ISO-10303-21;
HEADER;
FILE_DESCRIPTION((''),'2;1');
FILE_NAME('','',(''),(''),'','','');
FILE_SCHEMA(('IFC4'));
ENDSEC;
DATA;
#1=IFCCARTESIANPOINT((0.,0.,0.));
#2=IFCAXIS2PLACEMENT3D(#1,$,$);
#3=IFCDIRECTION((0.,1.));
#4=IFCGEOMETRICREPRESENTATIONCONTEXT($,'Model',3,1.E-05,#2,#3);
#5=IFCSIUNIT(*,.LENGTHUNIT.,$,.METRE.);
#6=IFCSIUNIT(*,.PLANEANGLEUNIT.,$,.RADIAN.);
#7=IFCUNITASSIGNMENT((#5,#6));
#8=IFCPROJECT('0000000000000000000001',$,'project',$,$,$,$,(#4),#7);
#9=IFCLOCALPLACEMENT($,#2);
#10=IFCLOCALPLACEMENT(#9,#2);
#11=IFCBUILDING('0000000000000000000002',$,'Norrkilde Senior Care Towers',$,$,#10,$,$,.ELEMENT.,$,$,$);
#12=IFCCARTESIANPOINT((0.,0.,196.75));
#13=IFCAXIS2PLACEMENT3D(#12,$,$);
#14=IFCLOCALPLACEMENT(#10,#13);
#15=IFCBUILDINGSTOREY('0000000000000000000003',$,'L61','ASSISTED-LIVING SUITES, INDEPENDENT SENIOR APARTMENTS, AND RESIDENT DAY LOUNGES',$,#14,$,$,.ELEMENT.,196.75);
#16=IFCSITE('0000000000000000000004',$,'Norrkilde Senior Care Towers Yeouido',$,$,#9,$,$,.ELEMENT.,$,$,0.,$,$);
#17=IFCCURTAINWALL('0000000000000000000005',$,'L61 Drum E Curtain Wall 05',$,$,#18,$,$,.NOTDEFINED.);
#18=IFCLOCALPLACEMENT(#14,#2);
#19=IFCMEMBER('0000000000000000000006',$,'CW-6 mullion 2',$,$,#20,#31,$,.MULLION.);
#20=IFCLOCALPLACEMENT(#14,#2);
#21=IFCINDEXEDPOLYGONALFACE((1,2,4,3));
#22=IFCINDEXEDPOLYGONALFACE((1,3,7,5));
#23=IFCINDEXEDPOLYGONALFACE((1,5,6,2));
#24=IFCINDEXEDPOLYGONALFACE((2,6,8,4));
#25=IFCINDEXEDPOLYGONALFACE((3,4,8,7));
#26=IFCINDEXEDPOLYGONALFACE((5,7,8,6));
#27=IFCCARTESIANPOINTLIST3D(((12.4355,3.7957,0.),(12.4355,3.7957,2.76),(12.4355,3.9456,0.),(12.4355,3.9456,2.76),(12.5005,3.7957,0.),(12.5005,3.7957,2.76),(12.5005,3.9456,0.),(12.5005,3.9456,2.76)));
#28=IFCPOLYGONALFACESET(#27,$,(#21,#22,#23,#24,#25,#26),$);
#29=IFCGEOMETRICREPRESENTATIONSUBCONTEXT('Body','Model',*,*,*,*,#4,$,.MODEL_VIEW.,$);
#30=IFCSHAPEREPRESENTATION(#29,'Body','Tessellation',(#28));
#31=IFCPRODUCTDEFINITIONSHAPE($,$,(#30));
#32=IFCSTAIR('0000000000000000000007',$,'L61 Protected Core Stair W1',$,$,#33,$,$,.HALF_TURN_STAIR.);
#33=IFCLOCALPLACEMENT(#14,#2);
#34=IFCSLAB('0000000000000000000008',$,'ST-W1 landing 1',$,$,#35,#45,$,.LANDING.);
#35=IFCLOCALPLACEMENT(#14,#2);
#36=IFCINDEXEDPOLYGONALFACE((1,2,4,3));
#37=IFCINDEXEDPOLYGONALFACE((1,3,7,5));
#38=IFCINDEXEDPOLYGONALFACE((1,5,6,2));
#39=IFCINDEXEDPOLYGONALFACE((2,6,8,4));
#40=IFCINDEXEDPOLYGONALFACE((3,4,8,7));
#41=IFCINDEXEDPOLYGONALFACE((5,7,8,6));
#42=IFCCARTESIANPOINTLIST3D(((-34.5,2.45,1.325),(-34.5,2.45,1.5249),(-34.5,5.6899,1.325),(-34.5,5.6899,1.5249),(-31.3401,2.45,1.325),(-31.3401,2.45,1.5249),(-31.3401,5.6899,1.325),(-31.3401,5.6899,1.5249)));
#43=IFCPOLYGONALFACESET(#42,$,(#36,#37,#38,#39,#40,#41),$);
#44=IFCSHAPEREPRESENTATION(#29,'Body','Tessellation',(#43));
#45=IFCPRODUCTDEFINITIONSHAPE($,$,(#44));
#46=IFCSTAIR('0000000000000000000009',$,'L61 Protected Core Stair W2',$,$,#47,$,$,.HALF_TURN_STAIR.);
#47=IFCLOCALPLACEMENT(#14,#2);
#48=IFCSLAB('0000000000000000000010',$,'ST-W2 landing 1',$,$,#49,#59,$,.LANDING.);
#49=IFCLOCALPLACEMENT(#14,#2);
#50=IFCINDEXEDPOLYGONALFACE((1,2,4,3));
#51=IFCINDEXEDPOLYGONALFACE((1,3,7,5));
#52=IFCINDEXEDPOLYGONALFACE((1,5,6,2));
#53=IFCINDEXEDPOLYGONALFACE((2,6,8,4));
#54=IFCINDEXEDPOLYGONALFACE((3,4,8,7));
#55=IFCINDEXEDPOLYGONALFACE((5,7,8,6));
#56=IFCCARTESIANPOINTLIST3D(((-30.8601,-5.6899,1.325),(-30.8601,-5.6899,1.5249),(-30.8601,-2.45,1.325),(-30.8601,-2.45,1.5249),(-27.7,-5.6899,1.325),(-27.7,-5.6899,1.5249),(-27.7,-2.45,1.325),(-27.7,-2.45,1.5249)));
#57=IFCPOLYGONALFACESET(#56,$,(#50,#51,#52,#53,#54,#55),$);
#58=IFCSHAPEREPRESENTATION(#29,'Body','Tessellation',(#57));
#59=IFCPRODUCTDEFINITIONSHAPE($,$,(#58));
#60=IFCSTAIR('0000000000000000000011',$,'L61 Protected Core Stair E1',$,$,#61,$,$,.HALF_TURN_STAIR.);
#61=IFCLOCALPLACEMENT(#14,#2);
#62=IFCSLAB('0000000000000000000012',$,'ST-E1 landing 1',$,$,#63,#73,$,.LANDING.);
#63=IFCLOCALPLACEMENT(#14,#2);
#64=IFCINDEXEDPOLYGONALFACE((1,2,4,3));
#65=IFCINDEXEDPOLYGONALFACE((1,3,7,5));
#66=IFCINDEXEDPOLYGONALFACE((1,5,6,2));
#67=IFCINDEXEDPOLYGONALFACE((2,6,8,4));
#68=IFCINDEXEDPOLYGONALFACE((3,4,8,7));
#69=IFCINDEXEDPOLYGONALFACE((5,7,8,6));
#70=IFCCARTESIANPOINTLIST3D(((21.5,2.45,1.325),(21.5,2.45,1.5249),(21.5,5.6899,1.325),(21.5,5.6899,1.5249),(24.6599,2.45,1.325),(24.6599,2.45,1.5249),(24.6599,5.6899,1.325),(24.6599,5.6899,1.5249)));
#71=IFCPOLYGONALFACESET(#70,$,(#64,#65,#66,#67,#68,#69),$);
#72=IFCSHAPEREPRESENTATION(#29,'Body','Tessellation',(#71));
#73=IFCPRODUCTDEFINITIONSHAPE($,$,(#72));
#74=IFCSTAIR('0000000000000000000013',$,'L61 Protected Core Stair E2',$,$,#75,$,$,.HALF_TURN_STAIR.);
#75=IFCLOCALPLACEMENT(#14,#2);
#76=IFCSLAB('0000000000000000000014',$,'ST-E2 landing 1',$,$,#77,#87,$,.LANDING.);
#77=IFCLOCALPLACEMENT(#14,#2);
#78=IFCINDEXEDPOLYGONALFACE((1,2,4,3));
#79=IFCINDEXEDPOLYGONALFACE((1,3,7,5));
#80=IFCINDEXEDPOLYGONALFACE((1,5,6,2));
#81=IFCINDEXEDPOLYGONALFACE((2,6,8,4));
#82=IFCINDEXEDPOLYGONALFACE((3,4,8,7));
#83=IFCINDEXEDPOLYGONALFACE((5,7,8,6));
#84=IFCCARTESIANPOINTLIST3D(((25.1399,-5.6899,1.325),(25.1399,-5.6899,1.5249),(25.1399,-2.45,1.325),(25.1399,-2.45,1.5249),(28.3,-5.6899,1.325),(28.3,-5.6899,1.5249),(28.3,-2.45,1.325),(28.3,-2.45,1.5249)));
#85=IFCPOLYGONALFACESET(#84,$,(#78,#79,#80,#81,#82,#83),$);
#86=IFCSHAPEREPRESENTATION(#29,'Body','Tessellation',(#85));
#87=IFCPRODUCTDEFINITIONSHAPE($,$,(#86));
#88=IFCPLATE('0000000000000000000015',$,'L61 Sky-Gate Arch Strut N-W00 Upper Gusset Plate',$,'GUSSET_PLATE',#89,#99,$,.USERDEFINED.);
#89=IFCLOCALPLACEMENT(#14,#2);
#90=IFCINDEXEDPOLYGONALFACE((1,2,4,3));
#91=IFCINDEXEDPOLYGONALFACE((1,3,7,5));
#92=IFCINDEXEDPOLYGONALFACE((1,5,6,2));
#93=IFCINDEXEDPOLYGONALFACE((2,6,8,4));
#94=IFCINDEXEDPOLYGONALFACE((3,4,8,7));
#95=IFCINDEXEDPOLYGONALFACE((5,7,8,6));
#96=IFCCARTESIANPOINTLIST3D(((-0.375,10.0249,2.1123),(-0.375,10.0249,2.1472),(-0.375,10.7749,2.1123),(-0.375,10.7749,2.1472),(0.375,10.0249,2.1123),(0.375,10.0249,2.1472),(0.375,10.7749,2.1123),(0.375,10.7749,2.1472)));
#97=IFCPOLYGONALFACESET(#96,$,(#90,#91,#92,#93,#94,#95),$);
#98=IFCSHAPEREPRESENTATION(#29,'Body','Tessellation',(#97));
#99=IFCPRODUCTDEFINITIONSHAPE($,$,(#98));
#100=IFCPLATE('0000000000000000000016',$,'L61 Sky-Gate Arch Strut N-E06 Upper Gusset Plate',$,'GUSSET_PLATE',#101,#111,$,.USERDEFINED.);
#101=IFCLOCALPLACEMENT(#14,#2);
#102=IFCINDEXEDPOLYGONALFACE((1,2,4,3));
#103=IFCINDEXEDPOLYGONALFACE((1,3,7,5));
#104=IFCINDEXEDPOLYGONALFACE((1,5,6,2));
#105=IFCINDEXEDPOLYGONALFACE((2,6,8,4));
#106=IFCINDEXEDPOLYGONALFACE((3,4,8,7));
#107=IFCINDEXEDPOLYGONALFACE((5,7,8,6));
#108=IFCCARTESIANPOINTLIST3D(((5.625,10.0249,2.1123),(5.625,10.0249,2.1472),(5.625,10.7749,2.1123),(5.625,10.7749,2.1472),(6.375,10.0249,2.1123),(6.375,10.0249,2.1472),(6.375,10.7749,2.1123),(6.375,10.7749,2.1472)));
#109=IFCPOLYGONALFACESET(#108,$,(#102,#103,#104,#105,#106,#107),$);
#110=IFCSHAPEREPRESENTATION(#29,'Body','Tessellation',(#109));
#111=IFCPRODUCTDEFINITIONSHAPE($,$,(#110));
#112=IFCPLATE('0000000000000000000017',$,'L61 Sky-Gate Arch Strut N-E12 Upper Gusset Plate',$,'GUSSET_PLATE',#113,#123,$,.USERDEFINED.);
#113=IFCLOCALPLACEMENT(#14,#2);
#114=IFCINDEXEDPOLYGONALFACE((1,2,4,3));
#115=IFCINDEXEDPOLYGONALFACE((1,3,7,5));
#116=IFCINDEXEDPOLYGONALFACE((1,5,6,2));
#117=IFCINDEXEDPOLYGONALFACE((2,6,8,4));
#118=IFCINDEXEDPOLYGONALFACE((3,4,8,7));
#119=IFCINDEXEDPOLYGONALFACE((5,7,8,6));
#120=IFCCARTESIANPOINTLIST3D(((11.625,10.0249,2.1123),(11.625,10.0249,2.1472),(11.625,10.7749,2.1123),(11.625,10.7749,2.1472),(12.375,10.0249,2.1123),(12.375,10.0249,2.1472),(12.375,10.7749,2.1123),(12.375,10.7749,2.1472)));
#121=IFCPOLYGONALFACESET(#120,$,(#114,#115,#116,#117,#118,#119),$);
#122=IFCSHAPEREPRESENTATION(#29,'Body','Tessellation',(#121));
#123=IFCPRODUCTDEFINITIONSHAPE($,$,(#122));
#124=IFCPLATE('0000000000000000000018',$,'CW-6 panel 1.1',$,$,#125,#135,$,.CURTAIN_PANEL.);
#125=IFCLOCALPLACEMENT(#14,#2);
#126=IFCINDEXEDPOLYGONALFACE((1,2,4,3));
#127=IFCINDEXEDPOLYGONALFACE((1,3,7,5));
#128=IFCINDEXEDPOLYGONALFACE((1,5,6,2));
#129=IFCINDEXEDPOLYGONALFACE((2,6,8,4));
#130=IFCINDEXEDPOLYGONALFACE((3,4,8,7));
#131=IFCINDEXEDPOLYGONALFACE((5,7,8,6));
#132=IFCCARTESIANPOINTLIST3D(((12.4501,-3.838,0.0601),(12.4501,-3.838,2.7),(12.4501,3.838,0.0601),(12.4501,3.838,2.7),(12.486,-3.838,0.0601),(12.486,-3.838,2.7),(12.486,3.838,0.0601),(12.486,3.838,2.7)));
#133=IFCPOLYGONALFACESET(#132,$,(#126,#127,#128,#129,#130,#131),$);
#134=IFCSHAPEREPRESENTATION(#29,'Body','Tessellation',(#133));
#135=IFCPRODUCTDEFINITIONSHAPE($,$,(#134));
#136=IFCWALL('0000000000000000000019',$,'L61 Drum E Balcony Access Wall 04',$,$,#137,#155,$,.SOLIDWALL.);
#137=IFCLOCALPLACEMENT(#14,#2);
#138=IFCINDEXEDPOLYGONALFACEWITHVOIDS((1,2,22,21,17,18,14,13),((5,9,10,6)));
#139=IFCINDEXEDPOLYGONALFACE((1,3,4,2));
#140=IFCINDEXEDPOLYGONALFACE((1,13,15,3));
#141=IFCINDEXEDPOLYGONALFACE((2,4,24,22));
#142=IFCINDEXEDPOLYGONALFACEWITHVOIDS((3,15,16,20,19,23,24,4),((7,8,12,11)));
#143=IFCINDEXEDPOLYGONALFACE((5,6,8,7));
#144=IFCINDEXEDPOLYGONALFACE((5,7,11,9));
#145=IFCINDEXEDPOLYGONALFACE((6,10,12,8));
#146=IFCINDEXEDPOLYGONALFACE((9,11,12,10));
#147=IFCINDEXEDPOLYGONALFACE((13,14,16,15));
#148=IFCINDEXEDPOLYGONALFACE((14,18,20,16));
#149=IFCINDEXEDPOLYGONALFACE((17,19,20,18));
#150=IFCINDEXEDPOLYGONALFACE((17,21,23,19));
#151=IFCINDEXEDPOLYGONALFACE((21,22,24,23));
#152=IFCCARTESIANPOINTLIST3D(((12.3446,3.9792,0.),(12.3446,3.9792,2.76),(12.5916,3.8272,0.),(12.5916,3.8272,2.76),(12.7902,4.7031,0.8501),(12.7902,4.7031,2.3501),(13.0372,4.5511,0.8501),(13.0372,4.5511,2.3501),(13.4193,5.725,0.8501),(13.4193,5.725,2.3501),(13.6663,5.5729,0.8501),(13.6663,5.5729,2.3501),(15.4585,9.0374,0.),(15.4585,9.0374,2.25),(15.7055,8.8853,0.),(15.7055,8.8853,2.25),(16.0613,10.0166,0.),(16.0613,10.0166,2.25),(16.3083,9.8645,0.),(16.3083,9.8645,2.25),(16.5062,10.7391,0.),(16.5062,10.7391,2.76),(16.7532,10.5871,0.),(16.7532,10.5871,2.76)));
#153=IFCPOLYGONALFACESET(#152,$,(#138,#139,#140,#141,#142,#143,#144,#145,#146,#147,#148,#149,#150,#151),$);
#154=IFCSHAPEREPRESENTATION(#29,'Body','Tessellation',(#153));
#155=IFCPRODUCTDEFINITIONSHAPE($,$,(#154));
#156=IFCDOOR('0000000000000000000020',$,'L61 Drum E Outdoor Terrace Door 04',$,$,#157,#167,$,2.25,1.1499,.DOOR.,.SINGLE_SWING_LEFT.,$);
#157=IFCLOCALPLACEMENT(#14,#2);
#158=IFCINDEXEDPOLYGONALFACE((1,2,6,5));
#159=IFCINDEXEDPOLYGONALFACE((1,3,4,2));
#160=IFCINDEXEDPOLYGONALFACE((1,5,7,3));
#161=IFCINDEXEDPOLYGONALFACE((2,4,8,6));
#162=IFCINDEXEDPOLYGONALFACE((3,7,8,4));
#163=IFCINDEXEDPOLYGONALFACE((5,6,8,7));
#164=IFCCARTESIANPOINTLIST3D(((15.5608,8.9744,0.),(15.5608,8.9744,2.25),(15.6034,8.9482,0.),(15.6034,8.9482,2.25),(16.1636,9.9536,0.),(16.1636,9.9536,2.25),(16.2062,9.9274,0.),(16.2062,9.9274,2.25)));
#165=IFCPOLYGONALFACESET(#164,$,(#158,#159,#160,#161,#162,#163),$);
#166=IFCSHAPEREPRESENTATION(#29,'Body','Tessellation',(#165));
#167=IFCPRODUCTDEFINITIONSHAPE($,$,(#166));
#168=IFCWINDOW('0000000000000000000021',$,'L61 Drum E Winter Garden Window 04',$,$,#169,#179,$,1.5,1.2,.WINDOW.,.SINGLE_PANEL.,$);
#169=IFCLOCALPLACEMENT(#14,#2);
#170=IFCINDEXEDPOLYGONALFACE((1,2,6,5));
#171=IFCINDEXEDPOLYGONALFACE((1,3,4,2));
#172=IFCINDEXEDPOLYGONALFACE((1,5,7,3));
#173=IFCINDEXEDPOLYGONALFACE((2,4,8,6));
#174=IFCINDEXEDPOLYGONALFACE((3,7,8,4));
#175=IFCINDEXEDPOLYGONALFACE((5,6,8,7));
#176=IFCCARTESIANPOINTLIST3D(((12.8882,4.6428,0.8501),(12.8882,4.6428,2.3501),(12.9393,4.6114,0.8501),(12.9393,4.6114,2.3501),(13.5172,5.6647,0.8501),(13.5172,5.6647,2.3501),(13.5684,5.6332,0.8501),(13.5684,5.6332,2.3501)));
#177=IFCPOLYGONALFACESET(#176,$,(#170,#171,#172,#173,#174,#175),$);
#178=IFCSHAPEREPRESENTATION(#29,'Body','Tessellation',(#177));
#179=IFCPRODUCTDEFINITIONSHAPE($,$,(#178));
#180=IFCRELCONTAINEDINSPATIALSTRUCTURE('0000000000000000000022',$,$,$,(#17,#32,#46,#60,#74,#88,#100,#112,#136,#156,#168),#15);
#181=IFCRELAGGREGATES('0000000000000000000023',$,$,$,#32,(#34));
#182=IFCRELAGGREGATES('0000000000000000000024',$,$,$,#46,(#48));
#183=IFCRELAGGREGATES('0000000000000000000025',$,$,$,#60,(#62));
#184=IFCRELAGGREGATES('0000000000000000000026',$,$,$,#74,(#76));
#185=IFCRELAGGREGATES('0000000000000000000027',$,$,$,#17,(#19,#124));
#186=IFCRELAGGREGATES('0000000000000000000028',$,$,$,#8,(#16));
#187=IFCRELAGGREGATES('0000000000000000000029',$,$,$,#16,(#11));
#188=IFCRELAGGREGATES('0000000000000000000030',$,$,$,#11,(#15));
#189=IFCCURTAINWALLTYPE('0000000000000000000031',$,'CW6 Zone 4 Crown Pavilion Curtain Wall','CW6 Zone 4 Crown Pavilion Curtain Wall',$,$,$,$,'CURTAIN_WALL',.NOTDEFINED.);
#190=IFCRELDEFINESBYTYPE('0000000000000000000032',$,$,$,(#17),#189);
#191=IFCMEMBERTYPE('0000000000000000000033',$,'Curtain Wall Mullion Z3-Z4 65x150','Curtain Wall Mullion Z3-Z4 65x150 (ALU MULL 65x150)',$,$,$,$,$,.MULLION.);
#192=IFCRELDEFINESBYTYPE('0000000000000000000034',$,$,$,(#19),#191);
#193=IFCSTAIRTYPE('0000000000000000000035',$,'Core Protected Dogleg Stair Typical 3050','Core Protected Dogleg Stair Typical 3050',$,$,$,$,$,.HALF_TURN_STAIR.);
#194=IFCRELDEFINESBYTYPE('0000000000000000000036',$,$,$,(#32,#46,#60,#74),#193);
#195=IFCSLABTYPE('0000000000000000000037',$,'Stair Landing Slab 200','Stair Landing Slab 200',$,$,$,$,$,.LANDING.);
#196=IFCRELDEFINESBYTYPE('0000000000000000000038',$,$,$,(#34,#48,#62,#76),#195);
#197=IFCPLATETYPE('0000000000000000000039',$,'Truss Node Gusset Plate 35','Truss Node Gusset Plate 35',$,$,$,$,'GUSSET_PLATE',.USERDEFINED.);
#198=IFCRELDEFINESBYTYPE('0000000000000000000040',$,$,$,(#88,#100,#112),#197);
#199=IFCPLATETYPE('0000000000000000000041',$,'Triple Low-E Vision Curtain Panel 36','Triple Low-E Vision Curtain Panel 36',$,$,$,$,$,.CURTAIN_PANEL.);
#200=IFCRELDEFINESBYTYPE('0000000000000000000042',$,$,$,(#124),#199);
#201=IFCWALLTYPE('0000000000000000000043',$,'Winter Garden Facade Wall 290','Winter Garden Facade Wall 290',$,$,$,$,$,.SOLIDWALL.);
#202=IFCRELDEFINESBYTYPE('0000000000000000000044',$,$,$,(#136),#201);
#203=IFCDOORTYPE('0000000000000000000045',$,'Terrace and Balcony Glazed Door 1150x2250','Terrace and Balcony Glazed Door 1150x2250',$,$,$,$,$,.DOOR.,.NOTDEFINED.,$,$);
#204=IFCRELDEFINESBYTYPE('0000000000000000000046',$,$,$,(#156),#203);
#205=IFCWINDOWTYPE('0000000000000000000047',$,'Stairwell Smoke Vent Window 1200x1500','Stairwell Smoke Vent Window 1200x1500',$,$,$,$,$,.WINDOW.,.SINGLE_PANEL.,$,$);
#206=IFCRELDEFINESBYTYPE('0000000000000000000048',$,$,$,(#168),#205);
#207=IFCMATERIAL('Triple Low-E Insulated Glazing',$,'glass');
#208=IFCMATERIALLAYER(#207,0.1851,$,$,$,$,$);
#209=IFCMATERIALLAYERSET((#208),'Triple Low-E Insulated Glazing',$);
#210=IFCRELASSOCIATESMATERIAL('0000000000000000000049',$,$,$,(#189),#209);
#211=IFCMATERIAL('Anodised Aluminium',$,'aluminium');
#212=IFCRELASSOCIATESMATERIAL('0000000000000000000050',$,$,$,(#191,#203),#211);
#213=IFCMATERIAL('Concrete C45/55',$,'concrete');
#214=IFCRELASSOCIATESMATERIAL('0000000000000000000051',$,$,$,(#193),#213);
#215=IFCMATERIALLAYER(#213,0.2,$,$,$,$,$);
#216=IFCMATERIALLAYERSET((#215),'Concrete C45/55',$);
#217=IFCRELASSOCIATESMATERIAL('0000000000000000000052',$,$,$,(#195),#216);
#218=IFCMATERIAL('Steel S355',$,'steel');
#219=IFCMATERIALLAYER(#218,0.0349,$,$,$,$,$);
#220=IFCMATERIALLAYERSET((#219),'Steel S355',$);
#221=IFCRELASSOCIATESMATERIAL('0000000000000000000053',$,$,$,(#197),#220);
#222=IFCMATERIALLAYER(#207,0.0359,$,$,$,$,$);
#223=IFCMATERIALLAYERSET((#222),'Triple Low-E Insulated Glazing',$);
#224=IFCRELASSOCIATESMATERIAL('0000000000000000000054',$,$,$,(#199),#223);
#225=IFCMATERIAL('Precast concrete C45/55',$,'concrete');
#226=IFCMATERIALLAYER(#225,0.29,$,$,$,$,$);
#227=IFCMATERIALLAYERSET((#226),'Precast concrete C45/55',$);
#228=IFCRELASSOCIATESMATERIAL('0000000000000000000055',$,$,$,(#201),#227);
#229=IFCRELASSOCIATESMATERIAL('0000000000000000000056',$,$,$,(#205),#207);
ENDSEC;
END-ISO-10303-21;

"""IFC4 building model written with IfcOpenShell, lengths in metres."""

from ifc_helpers import new_model, si_unit, direction, frame, frame_2d, origin, origin_2d, place, context, subcontext, project, spatial, polyline, rectangle, outline, extrude, source, transform, mapped, material, layer, layer_set, material_profile, profile_set, type_object, type_shapes, element, fill, aggregate, save


model = new_model("IFC4")

# Units and contexts
model_context = context("Model", 3, precision=1e-05, world=origin(), true_north=direction((0.0, 1.0)))
body_context = subcontext(model_context, "Body", "Model", "MODEL_VIEW")
ifc_project = project(units=[si_unit("LENGTHUNIT", "METRE"), si_unit("PLANEANGLEUNIT", "RADIAN")], contexts=[model_context])

# Site, building, storey
site_placement = place(None, origin())
site = spatial("IfcSite", under=ifc_project, at=site_placement, Name="Norrkilde Senior Care Towers Yeouido", CompositionType="ELEMENT", RefElevation=0.0)
building_placement = place(site_placement, origin())
building = spatial("IfcBuilding", under=site, at=building_placement, Name="Norrkilde Senior Care Towers", CompositionType="ELEMENT")
storey_placement = place(building_placement, frame((0.0, 0.0, 196.75)))
storey = spatial("IfcBuildingStorey", under=building, at=storey_placement, Name="L61", Description="ASSISTED-LIVING SUITES, INDEPENDENT SENIOR APARTMENTS, AND RESIDENT DAY LOUNGES", CompositionType="ELEMENT", Elevation=196.75)

# Shared definitions
ifc_material_1 = material(Name="Steel S355", Category="steel")

# Shared definitions
ifc_material_2 = material(Name="Triple Low-E Insulated Glazing", Category="glass")
ifc_layer_1 = layer(ifc_material_2, 0.1851)
ifc_layer_set_1 = layer_set([ifc_layer_1], Name="Triple Low-E Insulated Glazing")
curtain_wall_type = type_object("IfcCurtainWallType", Name="CW6 Zone 4 Crown Pavilion Curtain Wall", Description="CW6 Zone 4 Crown Pavilion Curtain Wall", ElementType="CURTAIN_WALL", PredefinedType="NOTDEFINED", material=ifc_layer_set_1)
ifc_material_3 = material(Name="Anodised Aluminium", Category="aluminium")
ifc_material_profile_1 = material_profile(ifc_material_3, rectangle(XDim=0.0649, YDim=0.1499, at=origin_2d()), Name="ALU MULL 65x150")
ifc_profile_set_1 = profile_set([ifc_material_profile_1], Name="Anodised Aluminium")
member_type_1 = type_object("IfcMemberType", Name="Curtain Wall Mullion Z3-Z4 65x150", Description="Curtain Wall Mullion Z3-Z4 65x150 (ALU MULL 65x150)", PredefinedType="MULLION", material=ifc_profile_set_1)
shared_shape_1 = source(origin(), body_context, "Body", "SweptSolid", [
    extrude(rectangle(XDim=0.0649, YDim=0.1499, at=origin_2d()), origin(), (0.0, 0.0, 1.0), 2.76),
])
type_shapes(member_type_1, [shared_shape_1])

# Curtain wall, member
curtain_wall_1_placement = place(storey_placement, origin())
curtain_wall_1 = element("IfcCurtainWall", 1, at=curtain_wall_1_placement, inside=storey, type_object=curtain_wall_type, Name="L61 Drum E Curtain Wall 05", PredefinedType="NOTDEFINED")
member_1_placement = place(storey_placement, frame((12.468, 3.8706, 0.0), z_axis=(0.0, 0.0, 1.0), x_axis=(-1.0, 0.0, 0.0)))
member_1 = element("IfcMember", 2, at=member_1_placement, type_object=member_type_1, Name="CW-6 mullion 2", PredefinedType="MULLION", context=body_context, shape_type="MappedRepresentation", body=[
    mapped(shared_shape_1, transform((0.0, 0.0, 0.0), x_axis=(1.0, 0.0, 0.0), y_axis=(0.0, 1.0, 0.0), z_axis=(0.0, 0.0, 1.0), scale=1.0)),
])

# Stairs, slabs
ifc_material_4 = material(Name="Concrete C45/55", Category="concrete")
stair_type = type_object("IfcStairType", Name="Core Protected Dogleg Stair Typical 3050", Description="Core Protected Dogleg Stair Typical 3050", PredefinedType="HALF_TURN_STAIR", material=ifc_material_4)
stair_1_placement = place(storey_placement, origin())
stair_1 = element("IfcStair", 3, at=stair_1_placement, inside=storey, type_object=stair_type, Name="L61 Protected Core Stair W1", PredefinedType="HALF_TURN_STAIR")
ifc_layer_2 = layer(ifc_material_4, 0.2)
ifc_layer_set_2 = layer_set([ifc_layer_2], Name="Concrete C45/55")
slab_type = type_object("IfcSlabType", Name="Stair Landing Slab 200", Description="Stair Landing Slab 200", PredefinedType="LANDING", material=ifc_layer_set_2)
slab_1_placement = place(storey_placement, frame((0.0, 0.0, 1.325)))
slab_1 = element("IfcSlab", 4, at=slab_1_placement, type_object=slab_type, Name="ST-W1 landing 1", PredefinedType="LANDING", context=body_context, shape_type="SweptSolid", body=[
    extrude(outline(polyline([(-31.3401, 5.6899), (-34.5, 5.6899), (-34.5, 2.45), (-31.3401, 2.45), (-31.3401, 5.6899)])), origin(), (0.0, 0.0, 1.0), 0.2),
])
aggregate(stair_1, [slab_1])
stair_2_placement = place(storey_placement, origin())
stair_2 = element("IfcStair", 5, at=stair_2_placement, inside=storey, type_object=stair_type, Name="L61 Protected Core Stair W2", PredefinedType="HALF_TURN_STAIR")
slab_2_placement = place(storey_placement, frame((0.0, 0.0, 1.325)))
slab_2 = element("IfcSlab", 6, at=slab_2_placement, type_object=slab_type, Name="ST-W2 landing 1", PredefinedType="LANDING", context=body_context, shape_type="SweptSolid", body=[
    extrude(outline(polyline([(-30.8601, -5.6899), (-27.7, -5.6899), (-27.7, -2.45), (-30.8601, -2.45), (-30.8601, -5.6899)])), origin(), (0.0, 0.0, 1.0), 0.2),
])
aggregate(stair_2, [slab_2])
stair_3_placement = place(storey_placement, origin())
stair_3 = element("IfcStair", 7, at=stair_3_placement, inside=storey, type_object=stair_type, Name="L61 Protected Core Stair E1", PredefinedType="HALF_TURN_STAIR")
slab_3_placement = place(storey_placement, frame((0.0, 0.0, 1.325)))
slab_3 = element("IfcSlab", 8, at=slab_3_placement, type_object=slab_type, Name="ST-E1 landing 1", PredefinedType="LANDING", context=body_context, shape_type="SweptSolid", body=[
    extrude(outline(polyline([(24.6599, 5.6899), (21.5, 5.6899), (21.5, 2.45), (24.6599, 2.45), (24.6599, 5.6899)])), origin(), (0.0, 0.0, 1.0), 0.2),
])
aggregate(stair_3, [slab_3])
stair_4_placement = place(storey_placement, origin())
stair_4 = element("IfcStair", 9, at=stair_4_placement, inside=storey, type_object=stair_type, Name="L61 Protected Core Stair E2", PredefinedType="HALF_TURN_STAIR")
slab_4_placement = place(storey_placement, frame((0.0, 0.0, 1.325)))
slab_4 = element("IfcSlab", 10, at=slab_4_placement, type_object=slab_type, Name="ST-E2 landing 1", PredefinedType="LANDING", context=body_context, shape_type="SweptSolid", body=[
    extrude(outline(polyline([(25.1399, -5.6899), (28.3, -5.6899), (28.3, -2.45), (25.1399, -2.45), (25.1399, -5.6899)])), origin(), (0.0, 0.0, 1.0), 0.2),
])
aggregate(stair_4, [slab_4])

# Plates
ifc_layer_3 = layer(ifc_material_1, 0.0349)
ifc_layer_set_3 = layer_set([ifc_layer_3], Name="Steel S355")
plate_type_1 = type_object("IfcPlateType", Name="Truss Node Gusset Plate 35", Description="Truss Node Gusset Plate 35", ElementType="GUSSET_PLATE", PredefinedType="USERDEFINED", material=ifc_layer_set_3)
shared_shape_2 = source(origin(), body_context, "Body", "SweptSolid", [
    extrude(rectangle(XDim=0.75, YDim=0.75, at=origin_2d()), origin(), (0.0, 0.0, 1.0), 0.0349),
])
type_shapes(plate_type_1, [shared_shape_2])
for number, where, z_axis, x_axis, name in (
    (11, (0.0, 10.3999, 2.1123), (0.0, 0.0, 1.0), (1.0, 0.0, 0.0), "L61 Sky-Gate Arch Strut N-W00 Upper Gusset Plate"),
    (12, (6.0, 10.3999, 2.1123), (0.0, 0.0, 1.0), (1.0, 0.0, 0.0), "L61 Sky-Gate Arch Strut N-E06 Upper Gusset Plate"),
    (13, (12.0, 10.3999, 2.1123), (0.0, 0.0, 1.0), (1.0, 0.0, 0.0), "L61 Sky-Gate Arch Strut N-E12 Upper Gusset Plate"),
):
    element("IfcPlate", number, at=place(storey_placement, frame(where, z_axis=z_axis, x_axis=x_axis)), inside=storey, type_object=plate_type_1, Name=name, ObjectType="GUSSET_PLATE", PredefinedType="USERDEFINED", context=body_context, shape_type="MappedRepresentation", body=[
        mapped(shared_shape_2, transform((0.0, 0.0, 0.0), x_axis=(1.0, 0.0, 0.0), y_axis=(0.0, 1.0, 0.0), z_axis=(0.0, 0.0, 1.0), scale=1.0)),
    ])

# Plate
ifc_layer_4 = layer(ifc_material_2, 0.0359)
ifc_layer_set_4 = layer_set([ifc_layer_4], Name="Triple Low-E Insulated Glazing")
plate_type_2 = type_object("IfcPlateType", Name="Triple Low-E Vision Curtain Panel 36", Description="Triple Low-E Vision Curtain Panel 36", PredefinedType="CURTAIN_PANEL", material=ifc_layer_set_4)
shared_shape_3 = source(origin(), body_context, "Body", "SweptSolid", [
    extrude(rectangle(XDim=7.676, YDim=0.0359, at=origin_2d()), origin(), (0.0, 0.0, 1.0), 2.6399),
])
type_shapes(plate_type_2, [shared_shape_3])
plate_placement = place(storey_placement, frame((12.468, 0.0, 0.0601), z_axis=(0.0, 0.0, 1.0), x_axis=(0.0, 1.0, 0.0)))
plate = element("IfcPlate", 14, at=plate_placement, type_object=plate_type_2, Name="CW-6 panel 1.1", PredefinedType="CURTAIN_PANEL", context=body_context, shape_type="MappedRepresentation", body=[
    mapped(shared_shape_3, transform((0.0, 0.0, 0.0), x_axis=(1.0, 0.0, 0.0), y_axis=(0.0, 1.0, 0.0), z_axis=(0.0, 0.0, 1.0), scale=1.0)),
])
aggregate(curtain_wall_1, [member_1, plate])

# Wall, openings, door, window
ifc_material_5 = material(Name="Precast concrete C45/55", Category="concrete")
ifc_layer_5 = layer(ifc_material_5, 0.29)
ifc_layer_set_5 = layer_set([ifc_layer_5], Name="Precast concrete C45/55")
wall_type_1 = type_object("IfcWallType", Name="Winter Garden Facade Wall 290", Description="Winter Garden Facade Wall 290", PredefinedType="SOLIDWALL", material=ifc_layer_set_5)
shared_shape_4 = source(origin(), body_context, "Body", "SweptSolid", [
    extrude(rectangle(XDim=7.9382, YDim=0.29, at=frame_2d((3.9692, 0.0))), origin(), (0.0, 0.0, 1.0), 2.76),
])
type_shapes(wall_type_1, [shared_shape_4])
wall_1_placement = place(storey_placement, frame((12.468, 3.9031, 0.0), z_axis=(0.0, 0.0, 1.0), x_axis=(0.524245, 0.851567, 0.0)))
wall_1 = element("IfcWall", 15, at=wall_1_placement, inside=storey, type_object=wall_type_1, Name="L61 Drum E Balcony Access Wall 04", PredefinedType="SOLIDWALL", context=body_context, shape_type="MappedRepresentation", body=[
    mapped(shared_shape_4, transform((0.0, 0.0, 0.0), x_axis=(1.0, 0.0, 0.0), y_axis=(0.0, 1.0, 0.0), z_axis=(0.0, 0.0, 1.0), scale=1.0)),
])
opening_1_placement = place(wall_1_placement, frame((5.9399, 0.0, 0.0)))
opening_1 = element("IfcOpeningElement", 16, at=opening_1_placement, cuts=wall_1, PredefinedType="OPENING", context=body_context, shape_type="SweptSolid", body=[
    extrude(rectangle(XDim=1.1499, YDim=2.25, at=frame_2d((0.575, 1.125))), frame((0.0, 0.155, 0.0), z_axis=(0.0, -1.0, 0.0), x_axis=(1.0, 0.0, 0.0)), (0.0, 0.0, 1.0), 0.3101),
])
opening_2_placement = place(wall_1_placement, frame((0.8501, 0.0, 0.8501)))
opening_2 = element("IfcOpeningElement", 17, at=opening_2_placement, cuts=wall_1, PredefinedType="OPENING", context=body_context, shape_type="SweptSolid", body=[
    extrude(rectangle(XDim=1.2, YDim=1.5, at=frame_2d((0.6001, 0.75))), frame((0.0, 0.155, 0.0), z_axis=(0.0, -1.0, 0.0), x_axis=(1.0, 0.0, 0.0)), (0.0, 0.0, 1.0), 0.3101),
])
door_type_1 = type_object("IfcDoorType", Name="Terrace and Balcony Glazed Door 1150x2250", Description="Terrace and Balcony Glazed Door 1150x2250", OperationType="NOTDEFINED", PredefinedType="DOOR", material=ifc_material_3)
shared_shape_5 = source(origin(), body_context, "Body", "SweptSolid", [
    extrude(rectangle(XDim=1.1499, YDim=2.25, at=frame_2d((0.575, 1.125))), frame((0.0, 0.0249, 0.0), z_axis=(0.0, -1.0, 0.0), x_axis=(1.0, 0.0, 0.0)), (0.0, 0.0, 1.0), 0.05),
])
type_shapes(door_type_1, [shared_shape_5])
door_1_placement = place(opening_1_placement, origin())
door_1 = element("IfcDoor", 18, at=door_1_placement, inside=storey, type_object=door_type_1, Name="L61 Drum E Outdoor Terrace Door 04", OperationType="SINGLE_SWING_LEFT", OverallHeight=2.25, OverallWidth=1.1499, PredefinedType="DOOR", context=body_context, shape_type="MappedRepresentation", body=[
    mapped(shared_shape_5, transform((0.0, 0.0, 0.0), x_axis=(1.0, 0.0, 0.0), y_axis=(0.0, 1.0, 0.0), z_axis=(0.0, 0.0, 1.0), scale=1.0)),
])
fill(opening_1, door_1)
window_type = type_object("IfcWindowType", Name="Stairwell Smoke Vent Window 1200x1500", Description="Stairwell Smoke Vent Window 1200x1500", PartitioningType="SINGLE_PANEL", PredefinedType="WINDOW", material=ifc_material_2)
shared_shape_6 = source(origin(), body_context, "Body", "SweptSolid", [
    extrude(rectangle(XDim=1.2, YDim=1.5, at=frame_2d((0.6001, 0.75))), frame((0.0, 0.03, 0.0), z_axis=(0.0, -1.0, 0.0), x_axis=(1.0, 0.0, 0.0)), (0.0, 0.0, 1.0), 0.0601),
])
type_shapes(window_type, [shared_shape_6])
window_placement = place(opening_2_placement, origin())
window = element("IfcWindow", 19, at=window_placement, inside=storey, type_object=window_type, Name="L61 Drum E Winter Garden Window 04", OverallHeight=1.5, OverallWidth=1.2, PartitioningType="SINGLE_PANEL", PredefinedType="WINDOW", context=body_context, shape_type="MappedRepresentation", body=[
    mapped(shared_shape_6, transform((0.0, 0.0, 0.0), x_axis=(1.0, 0.0, 0.0), y_axis=(0.0, 1.0, 0.0), z_axis=(0.0, 0.0, 1.0), scale=1.0)),
])
fill(opening_2, window)

save(model, "model.ifc")
